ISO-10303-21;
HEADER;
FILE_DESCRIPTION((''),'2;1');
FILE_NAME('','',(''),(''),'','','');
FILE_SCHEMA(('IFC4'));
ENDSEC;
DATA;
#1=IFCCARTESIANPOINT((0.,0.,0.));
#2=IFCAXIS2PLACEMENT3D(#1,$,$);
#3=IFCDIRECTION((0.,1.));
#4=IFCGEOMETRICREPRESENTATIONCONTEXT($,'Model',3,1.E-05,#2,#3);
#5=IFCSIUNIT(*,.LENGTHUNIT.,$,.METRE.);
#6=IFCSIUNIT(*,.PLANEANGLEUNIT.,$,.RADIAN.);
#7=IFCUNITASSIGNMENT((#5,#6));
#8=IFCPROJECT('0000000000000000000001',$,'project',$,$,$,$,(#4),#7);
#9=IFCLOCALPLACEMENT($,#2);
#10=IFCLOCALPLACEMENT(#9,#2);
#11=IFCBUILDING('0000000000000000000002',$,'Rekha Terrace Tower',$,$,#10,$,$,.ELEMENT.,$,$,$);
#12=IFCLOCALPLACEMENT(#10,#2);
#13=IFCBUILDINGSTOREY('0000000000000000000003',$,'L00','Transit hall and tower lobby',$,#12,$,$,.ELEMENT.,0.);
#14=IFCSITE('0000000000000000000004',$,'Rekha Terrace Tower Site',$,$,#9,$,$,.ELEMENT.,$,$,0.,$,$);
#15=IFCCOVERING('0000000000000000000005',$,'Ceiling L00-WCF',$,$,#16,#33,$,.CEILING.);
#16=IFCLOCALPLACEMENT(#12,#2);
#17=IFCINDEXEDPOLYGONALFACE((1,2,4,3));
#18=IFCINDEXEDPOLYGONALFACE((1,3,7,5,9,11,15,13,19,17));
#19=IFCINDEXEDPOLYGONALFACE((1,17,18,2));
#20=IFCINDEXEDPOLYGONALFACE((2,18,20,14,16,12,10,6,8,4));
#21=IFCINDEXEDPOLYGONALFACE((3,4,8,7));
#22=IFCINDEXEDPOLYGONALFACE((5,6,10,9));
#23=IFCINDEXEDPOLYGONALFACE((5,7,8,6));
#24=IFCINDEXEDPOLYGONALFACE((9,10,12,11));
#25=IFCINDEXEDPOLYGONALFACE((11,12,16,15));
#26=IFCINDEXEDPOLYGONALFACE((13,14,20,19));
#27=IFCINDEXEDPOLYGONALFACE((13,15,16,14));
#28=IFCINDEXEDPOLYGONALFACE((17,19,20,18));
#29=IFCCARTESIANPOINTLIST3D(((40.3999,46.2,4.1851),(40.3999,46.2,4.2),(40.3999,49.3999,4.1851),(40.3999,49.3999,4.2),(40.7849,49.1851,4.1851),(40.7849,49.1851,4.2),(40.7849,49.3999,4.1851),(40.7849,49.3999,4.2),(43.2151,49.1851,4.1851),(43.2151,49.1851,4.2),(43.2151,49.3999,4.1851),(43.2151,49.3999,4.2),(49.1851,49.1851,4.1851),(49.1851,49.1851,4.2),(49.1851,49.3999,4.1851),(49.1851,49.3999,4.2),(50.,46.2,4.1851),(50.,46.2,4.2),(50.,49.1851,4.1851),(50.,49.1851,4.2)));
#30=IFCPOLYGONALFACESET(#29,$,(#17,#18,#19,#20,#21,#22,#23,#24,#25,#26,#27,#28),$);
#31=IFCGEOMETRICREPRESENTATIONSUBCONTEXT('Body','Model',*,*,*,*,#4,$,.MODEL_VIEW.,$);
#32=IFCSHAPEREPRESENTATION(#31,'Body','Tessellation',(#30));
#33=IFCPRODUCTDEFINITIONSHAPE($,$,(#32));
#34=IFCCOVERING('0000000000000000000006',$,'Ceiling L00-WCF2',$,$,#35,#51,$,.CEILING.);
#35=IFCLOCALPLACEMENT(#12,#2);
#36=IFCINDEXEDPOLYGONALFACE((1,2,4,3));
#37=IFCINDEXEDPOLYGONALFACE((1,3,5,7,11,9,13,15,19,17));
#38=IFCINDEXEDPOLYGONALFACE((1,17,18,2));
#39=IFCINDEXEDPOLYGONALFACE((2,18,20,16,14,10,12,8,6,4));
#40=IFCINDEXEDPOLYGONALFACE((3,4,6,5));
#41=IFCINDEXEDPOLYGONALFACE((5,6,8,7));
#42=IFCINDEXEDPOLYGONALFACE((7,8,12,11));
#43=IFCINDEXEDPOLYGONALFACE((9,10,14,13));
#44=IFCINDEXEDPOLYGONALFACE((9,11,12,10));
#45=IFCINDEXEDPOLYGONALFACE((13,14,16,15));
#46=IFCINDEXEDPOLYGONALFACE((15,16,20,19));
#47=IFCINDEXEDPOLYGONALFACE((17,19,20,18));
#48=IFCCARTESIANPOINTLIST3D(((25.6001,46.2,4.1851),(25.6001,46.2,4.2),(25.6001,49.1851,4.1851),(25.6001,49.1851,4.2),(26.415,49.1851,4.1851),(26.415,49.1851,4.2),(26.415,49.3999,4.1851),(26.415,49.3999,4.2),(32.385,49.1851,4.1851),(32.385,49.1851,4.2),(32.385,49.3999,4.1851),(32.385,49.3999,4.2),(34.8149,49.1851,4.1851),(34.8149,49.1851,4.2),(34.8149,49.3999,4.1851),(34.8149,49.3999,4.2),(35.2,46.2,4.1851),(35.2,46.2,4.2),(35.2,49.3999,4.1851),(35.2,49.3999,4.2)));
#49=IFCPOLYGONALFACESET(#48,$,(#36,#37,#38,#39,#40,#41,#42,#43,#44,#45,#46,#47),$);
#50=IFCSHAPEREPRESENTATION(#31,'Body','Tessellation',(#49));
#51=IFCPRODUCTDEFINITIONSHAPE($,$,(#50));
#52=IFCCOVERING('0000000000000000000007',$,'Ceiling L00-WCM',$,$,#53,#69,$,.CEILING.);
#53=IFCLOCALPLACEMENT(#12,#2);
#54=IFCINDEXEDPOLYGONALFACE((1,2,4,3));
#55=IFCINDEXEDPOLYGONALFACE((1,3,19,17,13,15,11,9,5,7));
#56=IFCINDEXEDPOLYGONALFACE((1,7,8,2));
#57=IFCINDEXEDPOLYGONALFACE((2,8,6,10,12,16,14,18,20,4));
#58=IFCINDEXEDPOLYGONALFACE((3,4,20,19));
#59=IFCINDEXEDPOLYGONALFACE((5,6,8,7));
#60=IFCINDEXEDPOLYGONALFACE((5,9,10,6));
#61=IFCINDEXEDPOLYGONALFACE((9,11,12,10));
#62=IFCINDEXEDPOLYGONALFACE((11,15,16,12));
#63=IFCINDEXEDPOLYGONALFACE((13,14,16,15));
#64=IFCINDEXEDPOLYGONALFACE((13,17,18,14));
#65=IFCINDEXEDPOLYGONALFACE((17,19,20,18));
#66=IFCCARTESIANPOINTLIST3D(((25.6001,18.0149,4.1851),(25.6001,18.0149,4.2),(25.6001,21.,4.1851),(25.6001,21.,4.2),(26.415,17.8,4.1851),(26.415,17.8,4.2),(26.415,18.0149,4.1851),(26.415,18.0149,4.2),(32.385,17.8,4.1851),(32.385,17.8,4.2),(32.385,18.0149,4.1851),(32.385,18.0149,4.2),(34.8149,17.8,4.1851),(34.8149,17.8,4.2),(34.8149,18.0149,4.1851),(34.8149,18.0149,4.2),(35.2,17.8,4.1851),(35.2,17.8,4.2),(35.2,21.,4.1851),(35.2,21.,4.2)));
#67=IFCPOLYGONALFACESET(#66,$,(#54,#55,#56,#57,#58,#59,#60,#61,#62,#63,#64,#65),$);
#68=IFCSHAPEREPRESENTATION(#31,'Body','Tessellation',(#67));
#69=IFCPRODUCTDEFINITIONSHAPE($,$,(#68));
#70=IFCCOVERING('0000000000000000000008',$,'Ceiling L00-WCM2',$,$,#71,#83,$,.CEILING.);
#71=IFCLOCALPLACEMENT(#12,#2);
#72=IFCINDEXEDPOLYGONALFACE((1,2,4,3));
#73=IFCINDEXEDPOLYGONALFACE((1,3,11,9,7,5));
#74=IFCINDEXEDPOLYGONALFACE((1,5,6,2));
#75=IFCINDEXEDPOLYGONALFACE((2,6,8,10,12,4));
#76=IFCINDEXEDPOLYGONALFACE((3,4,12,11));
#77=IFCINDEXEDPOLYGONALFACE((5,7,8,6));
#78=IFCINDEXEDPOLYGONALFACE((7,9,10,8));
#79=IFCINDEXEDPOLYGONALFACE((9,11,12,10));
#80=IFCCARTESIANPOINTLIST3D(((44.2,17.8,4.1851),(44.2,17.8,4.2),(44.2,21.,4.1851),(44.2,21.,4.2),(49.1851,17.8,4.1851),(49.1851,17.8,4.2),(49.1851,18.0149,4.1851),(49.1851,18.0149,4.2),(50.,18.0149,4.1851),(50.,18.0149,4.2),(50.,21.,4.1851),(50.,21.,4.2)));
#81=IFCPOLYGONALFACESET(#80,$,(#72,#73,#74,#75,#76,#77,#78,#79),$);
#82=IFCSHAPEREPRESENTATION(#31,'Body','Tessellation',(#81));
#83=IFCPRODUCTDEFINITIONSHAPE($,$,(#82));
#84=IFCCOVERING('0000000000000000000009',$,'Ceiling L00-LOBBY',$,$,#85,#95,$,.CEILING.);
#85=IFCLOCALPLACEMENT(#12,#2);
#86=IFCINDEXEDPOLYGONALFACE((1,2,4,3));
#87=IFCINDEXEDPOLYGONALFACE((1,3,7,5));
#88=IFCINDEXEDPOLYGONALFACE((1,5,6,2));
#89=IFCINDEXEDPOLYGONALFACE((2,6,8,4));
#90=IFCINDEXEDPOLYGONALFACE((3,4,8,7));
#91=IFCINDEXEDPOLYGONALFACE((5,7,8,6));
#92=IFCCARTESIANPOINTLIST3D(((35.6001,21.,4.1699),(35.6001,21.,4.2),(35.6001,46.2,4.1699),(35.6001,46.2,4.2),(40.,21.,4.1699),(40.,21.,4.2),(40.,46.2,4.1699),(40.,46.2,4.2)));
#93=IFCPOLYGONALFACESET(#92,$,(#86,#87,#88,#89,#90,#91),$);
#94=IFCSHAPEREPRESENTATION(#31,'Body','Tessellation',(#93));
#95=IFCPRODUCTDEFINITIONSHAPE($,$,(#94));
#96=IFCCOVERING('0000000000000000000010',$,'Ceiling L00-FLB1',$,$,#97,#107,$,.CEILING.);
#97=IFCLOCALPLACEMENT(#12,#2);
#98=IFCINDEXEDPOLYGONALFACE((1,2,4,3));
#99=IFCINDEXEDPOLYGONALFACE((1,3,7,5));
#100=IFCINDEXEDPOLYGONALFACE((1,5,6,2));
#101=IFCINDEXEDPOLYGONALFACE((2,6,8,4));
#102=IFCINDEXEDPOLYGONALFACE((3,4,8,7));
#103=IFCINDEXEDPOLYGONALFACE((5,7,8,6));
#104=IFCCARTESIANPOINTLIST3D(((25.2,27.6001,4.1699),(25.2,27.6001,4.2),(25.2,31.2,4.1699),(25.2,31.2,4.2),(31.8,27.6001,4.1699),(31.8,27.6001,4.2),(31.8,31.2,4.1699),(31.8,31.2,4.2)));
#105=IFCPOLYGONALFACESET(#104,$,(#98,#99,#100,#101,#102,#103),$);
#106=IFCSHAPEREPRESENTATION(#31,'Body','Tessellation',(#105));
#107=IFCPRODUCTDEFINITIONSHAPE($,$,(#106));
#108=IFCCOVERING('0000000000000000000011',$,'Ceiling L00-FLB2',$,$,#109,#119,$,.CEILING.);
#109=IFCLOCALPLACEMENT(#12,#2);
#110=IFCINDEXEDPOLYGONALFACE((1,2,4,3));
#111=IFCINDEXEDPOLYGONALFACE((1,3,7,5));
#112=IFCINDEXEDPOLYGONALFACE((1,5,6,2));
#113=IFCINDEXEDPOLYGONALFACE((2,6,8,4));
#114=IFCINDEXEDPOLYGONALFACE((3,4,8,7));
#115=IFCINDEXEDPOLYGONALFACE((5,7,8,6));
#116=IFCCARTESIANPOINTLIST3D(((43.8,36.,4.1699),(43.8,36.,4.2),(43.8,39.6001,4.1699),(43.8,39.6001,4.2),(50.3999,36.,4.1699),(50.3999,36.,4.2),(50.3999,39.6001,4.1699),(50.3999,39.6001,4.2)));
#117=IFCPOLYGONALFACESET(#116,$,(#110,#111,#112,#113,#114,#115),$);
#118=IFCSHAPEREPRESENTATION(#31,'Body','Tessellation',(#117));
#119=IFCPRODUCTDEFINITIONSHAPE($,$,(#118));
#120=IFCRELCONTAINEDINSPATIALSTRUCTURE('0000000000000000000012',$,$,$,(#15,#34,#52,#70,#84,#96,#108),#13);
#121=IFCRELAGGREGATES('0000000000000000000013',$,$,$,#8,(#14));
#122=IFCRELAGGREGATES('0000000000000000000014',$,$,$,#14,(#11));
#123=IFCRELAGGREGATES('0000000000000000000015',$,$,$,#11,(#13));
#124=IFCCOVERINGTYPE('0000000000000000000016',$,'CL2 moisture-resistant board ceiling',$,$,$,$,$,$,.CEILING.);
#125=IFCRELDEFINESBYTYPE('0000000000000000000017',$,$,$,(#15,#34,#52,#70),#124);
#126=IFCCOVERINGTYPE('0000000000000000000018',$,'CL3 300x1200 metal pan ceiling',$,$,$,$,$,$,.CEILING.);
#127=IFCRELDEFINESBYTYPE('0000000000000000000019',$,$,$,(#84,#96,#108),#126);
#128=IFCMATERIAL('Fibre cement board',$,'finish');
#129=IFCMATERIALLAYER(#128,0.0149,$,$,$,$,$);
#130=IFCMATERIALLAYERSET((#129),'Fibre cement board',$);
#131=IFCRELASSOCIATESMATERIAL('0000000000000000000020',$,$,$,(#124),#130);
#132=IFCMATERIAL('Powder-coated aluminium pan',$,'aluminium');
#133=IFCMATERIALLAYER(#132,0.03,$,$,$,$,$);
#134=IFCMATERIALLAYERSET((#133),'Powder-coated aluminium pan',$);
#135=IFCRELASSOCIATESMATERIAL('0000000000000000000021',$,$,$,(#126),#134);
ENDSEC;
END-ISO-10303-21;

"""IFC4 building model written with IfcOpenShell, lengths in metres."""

from ifc_helpers import new_model, si_unit, direction, frame, origin, place, context, subcontext, project, spatial, polyline, outline, extrude, material, layer, layer_set, type_object, element, save


model = new_model("IFC4")

# Units and contexts
model_context = context("Model", 3, precision=1e-05, world=origin(), true_north=direction((0.0, 1.0)))
body_context = subcontext(model_context, "Body", "Model", "MODEL_VIEW")
ifc_project = project(units=[si_unit("LENGTHUNIT", "METRE"), si_unit("PLANEANGLEUNIT", "RADIAN")], contexts=[model_context])

# Site, building, storey
site_placement = place(None, origin())
site = spatial("IfcSite", under=ifc_project, at=site_placement, Name="Rekha Terrace Tower Site", CompositionType="ELEMENT", RefElevation=0.0)
building_placement = place(site_placement, origin())
building = spatial("IfcBuilding", under=site, at=building_placement, Name="Rekha Terrace Tower", CompositionType="ELEMENT")
storey_placement = place(building_placement, origin())
storey = spatial("IfcBuildingStorey", under=building, at=storey_placement, Name="L00", Description="Transit hall and tower lobby", CompositionType="ELEMENT", Elevation=0.0)

# Coverings
ifc_material_1 = material(Name="Fibre cement board", Category="finish")
ifc_layer_1 = layer(ifc_material_1, 0.0149)
ifc_layer_set_1 = layer_set([ifc_layer_1], Name="Fibre cement board")
covering_type_1 = type_object("IfcCoveringType", Name="CL2 moisture-resistant board ceiling", PredefinedType="CEILING", material=ifc_layer_set_1)
covering_1_placement = place(storey_placement, frame((0.0, 0.0, 4.1851)))
element("IfcCovering", 1, at=covering_1_placement, inside=storey, type_object=covering_type_1, Name="Ceiling L00-WCF", PredefinedType="CEILING", context=body_context, shape_type="SweptSolid", body=[
    extrude(outline(polyline([(40.7849, 49.3999), (40.3999, 49.3999), (40.3999, 46.2), (50.0, 46.2), (50.0, 49.1851), (49.1851, 49.1851), (49.1851, 49.3999), (43.2151, 49.3999), (43.2151, 49.1851), (40.7849, 49.1851), (40.7849, 49.3999)])), origin(), (0.0, 0.0, 1.0), 0.0149),
])
covering_2_placement = place(storey_placement, frame((0.0, 0.0, 4.1851)))
element("IfcCovering", 2, at=covering_2_placement, inside=storey, type_object=covering_type_1, Name="Ceiling L00-WCF2", PredefinedType="CEILING", context=body_context, shape_type="SweptSolid", body=[
    extrude(outline(polyline([(26.415, 49.1851), (25.6001, 49.1851), (25.6001, 46.2), (35.2, 46.2), (35.2, 49.3999), (34.8149, 49.3999), (34.8149, 49.1851), (32.385, 49.1851), (32.385, 49.3999), (26.415, 49.3999), (26.415, 49.1851)])), origin(), (0.0, 0.0, 1.0), 0.0149),
])
covering_3_placement = place(storey_placement, frame((0.0, 0.0, 4.1851)))
element("IfcCovering", 3, at=covering_3_placement, inside=storey, type_object=covering_type_1, Name="Ceiling L00-WCM", PredefinedType="CEILING", context=body_context, shape_type="SweptSolid", body=[
    extrude(outline(polyline([(35.2, 21.0), (25.6001, 21.0), (25.6001, 18.0149), (26.415, 18.0149), (26.415, 17.8), (32.385, 17.8), (32.385, 18.0149), (34.8149, 18.0149), (34.8149, 17.8), (35.2, 17.8), (35.2, 21.0)])), origin(), (0.0, 0.0, 1.0), 0.0149),
])
covering_4_placement = place(storey_placement, frame((0.0, 0.0, 4.1851)))
element("IfcCovering", 4, at=covering_4_placement, inside=storey, type_object=covering_type_1, Name="Ceiling L00-WCM2", PredefinedType="CEILING", context=body_context, shape_type="SweptSolid", body=[
    extrude(outline(polyline([(50.0, 21.0), (44.2, 21.0), (44.2, 17.8), (49.1851, 17.8), (49.1851, 18.0149), (50.0, 18.0149), (50.0, 21.0)])), origin(), (0.0, 0.0, 1.0), 0.0149),
])
ifc_material_2 = material(Name="Powder-coated aluminium pan", Category="aluminium")
ifc_layer_2 = layer(ifc_material_2, 0.03)
ifc_layer_set_2 = layer_set([ifc_layer_2], Name="Powder-coated aluminium pan")
covering_type_2 = type_object("IfcCoveringType", Name="CL3 300x1200 metal pan ceiling", PredefinedType="CEILING", material=ifc_layer_set_2)
covering_5_placement = place(storey_placement, frame((0.0, 0.0, 4.1699)))
element("IfcCovering", 5, at=covering_5_placement, inside=storey, type_object=covering_type_2, Name="Ceiling L00-LOBBY", PredefinedType="CEILING", context=body_context, shape_type="SweptSolid", body=[
    extrude(outline(polyline([(40.0, 46.2), (35.6001, 46.2), (35.6001, 21.0), (40.0, 21.0), (40.0, 46.2)])), origin(), (0.0, 0.0, 1.0), 0.03),
])
covering_6_placement = place(storey_placement, frame((0.0, 0.0, 4.1699)))
element("IfcCovering", 6, at=covering_6_placement, inside=storey, type_object=covering_type_2, Name="Ceiling L00-FLB1", PredefinedType="CEILING", context=body_context, shape_type="SweptSolid", body=[
    extrude(outline(polyline([(31.8, 31.2), (25.2, 31.2), (25.2, 27.6001), (31.8, 27.6001), (31.8, 31.2)])), origin(), (0.0, 0.0, 1.0), 0.03),
])
covering_7_placement = place(storey_placement, frame((0.0, 0.0, 4.1699)))
element("IfcCovering", 7, at=covering_7_placement, inside=storey, type_object=covering_type_2, Name="Ceiling L00-FLB2", PredefinedType="CEILING", context=body_context, shape_type="SweptSolid", body=[
    extrude(outline(polyline([(50.3999, 39.6001), (43.8, 39.6001), (43.8, 36.0), (50.3999, 36.0), (50.3999, 39.6001)])), origin(), (0.0, 0.0, 1.0), 0.03),
])

save(model, "model.ifc")
